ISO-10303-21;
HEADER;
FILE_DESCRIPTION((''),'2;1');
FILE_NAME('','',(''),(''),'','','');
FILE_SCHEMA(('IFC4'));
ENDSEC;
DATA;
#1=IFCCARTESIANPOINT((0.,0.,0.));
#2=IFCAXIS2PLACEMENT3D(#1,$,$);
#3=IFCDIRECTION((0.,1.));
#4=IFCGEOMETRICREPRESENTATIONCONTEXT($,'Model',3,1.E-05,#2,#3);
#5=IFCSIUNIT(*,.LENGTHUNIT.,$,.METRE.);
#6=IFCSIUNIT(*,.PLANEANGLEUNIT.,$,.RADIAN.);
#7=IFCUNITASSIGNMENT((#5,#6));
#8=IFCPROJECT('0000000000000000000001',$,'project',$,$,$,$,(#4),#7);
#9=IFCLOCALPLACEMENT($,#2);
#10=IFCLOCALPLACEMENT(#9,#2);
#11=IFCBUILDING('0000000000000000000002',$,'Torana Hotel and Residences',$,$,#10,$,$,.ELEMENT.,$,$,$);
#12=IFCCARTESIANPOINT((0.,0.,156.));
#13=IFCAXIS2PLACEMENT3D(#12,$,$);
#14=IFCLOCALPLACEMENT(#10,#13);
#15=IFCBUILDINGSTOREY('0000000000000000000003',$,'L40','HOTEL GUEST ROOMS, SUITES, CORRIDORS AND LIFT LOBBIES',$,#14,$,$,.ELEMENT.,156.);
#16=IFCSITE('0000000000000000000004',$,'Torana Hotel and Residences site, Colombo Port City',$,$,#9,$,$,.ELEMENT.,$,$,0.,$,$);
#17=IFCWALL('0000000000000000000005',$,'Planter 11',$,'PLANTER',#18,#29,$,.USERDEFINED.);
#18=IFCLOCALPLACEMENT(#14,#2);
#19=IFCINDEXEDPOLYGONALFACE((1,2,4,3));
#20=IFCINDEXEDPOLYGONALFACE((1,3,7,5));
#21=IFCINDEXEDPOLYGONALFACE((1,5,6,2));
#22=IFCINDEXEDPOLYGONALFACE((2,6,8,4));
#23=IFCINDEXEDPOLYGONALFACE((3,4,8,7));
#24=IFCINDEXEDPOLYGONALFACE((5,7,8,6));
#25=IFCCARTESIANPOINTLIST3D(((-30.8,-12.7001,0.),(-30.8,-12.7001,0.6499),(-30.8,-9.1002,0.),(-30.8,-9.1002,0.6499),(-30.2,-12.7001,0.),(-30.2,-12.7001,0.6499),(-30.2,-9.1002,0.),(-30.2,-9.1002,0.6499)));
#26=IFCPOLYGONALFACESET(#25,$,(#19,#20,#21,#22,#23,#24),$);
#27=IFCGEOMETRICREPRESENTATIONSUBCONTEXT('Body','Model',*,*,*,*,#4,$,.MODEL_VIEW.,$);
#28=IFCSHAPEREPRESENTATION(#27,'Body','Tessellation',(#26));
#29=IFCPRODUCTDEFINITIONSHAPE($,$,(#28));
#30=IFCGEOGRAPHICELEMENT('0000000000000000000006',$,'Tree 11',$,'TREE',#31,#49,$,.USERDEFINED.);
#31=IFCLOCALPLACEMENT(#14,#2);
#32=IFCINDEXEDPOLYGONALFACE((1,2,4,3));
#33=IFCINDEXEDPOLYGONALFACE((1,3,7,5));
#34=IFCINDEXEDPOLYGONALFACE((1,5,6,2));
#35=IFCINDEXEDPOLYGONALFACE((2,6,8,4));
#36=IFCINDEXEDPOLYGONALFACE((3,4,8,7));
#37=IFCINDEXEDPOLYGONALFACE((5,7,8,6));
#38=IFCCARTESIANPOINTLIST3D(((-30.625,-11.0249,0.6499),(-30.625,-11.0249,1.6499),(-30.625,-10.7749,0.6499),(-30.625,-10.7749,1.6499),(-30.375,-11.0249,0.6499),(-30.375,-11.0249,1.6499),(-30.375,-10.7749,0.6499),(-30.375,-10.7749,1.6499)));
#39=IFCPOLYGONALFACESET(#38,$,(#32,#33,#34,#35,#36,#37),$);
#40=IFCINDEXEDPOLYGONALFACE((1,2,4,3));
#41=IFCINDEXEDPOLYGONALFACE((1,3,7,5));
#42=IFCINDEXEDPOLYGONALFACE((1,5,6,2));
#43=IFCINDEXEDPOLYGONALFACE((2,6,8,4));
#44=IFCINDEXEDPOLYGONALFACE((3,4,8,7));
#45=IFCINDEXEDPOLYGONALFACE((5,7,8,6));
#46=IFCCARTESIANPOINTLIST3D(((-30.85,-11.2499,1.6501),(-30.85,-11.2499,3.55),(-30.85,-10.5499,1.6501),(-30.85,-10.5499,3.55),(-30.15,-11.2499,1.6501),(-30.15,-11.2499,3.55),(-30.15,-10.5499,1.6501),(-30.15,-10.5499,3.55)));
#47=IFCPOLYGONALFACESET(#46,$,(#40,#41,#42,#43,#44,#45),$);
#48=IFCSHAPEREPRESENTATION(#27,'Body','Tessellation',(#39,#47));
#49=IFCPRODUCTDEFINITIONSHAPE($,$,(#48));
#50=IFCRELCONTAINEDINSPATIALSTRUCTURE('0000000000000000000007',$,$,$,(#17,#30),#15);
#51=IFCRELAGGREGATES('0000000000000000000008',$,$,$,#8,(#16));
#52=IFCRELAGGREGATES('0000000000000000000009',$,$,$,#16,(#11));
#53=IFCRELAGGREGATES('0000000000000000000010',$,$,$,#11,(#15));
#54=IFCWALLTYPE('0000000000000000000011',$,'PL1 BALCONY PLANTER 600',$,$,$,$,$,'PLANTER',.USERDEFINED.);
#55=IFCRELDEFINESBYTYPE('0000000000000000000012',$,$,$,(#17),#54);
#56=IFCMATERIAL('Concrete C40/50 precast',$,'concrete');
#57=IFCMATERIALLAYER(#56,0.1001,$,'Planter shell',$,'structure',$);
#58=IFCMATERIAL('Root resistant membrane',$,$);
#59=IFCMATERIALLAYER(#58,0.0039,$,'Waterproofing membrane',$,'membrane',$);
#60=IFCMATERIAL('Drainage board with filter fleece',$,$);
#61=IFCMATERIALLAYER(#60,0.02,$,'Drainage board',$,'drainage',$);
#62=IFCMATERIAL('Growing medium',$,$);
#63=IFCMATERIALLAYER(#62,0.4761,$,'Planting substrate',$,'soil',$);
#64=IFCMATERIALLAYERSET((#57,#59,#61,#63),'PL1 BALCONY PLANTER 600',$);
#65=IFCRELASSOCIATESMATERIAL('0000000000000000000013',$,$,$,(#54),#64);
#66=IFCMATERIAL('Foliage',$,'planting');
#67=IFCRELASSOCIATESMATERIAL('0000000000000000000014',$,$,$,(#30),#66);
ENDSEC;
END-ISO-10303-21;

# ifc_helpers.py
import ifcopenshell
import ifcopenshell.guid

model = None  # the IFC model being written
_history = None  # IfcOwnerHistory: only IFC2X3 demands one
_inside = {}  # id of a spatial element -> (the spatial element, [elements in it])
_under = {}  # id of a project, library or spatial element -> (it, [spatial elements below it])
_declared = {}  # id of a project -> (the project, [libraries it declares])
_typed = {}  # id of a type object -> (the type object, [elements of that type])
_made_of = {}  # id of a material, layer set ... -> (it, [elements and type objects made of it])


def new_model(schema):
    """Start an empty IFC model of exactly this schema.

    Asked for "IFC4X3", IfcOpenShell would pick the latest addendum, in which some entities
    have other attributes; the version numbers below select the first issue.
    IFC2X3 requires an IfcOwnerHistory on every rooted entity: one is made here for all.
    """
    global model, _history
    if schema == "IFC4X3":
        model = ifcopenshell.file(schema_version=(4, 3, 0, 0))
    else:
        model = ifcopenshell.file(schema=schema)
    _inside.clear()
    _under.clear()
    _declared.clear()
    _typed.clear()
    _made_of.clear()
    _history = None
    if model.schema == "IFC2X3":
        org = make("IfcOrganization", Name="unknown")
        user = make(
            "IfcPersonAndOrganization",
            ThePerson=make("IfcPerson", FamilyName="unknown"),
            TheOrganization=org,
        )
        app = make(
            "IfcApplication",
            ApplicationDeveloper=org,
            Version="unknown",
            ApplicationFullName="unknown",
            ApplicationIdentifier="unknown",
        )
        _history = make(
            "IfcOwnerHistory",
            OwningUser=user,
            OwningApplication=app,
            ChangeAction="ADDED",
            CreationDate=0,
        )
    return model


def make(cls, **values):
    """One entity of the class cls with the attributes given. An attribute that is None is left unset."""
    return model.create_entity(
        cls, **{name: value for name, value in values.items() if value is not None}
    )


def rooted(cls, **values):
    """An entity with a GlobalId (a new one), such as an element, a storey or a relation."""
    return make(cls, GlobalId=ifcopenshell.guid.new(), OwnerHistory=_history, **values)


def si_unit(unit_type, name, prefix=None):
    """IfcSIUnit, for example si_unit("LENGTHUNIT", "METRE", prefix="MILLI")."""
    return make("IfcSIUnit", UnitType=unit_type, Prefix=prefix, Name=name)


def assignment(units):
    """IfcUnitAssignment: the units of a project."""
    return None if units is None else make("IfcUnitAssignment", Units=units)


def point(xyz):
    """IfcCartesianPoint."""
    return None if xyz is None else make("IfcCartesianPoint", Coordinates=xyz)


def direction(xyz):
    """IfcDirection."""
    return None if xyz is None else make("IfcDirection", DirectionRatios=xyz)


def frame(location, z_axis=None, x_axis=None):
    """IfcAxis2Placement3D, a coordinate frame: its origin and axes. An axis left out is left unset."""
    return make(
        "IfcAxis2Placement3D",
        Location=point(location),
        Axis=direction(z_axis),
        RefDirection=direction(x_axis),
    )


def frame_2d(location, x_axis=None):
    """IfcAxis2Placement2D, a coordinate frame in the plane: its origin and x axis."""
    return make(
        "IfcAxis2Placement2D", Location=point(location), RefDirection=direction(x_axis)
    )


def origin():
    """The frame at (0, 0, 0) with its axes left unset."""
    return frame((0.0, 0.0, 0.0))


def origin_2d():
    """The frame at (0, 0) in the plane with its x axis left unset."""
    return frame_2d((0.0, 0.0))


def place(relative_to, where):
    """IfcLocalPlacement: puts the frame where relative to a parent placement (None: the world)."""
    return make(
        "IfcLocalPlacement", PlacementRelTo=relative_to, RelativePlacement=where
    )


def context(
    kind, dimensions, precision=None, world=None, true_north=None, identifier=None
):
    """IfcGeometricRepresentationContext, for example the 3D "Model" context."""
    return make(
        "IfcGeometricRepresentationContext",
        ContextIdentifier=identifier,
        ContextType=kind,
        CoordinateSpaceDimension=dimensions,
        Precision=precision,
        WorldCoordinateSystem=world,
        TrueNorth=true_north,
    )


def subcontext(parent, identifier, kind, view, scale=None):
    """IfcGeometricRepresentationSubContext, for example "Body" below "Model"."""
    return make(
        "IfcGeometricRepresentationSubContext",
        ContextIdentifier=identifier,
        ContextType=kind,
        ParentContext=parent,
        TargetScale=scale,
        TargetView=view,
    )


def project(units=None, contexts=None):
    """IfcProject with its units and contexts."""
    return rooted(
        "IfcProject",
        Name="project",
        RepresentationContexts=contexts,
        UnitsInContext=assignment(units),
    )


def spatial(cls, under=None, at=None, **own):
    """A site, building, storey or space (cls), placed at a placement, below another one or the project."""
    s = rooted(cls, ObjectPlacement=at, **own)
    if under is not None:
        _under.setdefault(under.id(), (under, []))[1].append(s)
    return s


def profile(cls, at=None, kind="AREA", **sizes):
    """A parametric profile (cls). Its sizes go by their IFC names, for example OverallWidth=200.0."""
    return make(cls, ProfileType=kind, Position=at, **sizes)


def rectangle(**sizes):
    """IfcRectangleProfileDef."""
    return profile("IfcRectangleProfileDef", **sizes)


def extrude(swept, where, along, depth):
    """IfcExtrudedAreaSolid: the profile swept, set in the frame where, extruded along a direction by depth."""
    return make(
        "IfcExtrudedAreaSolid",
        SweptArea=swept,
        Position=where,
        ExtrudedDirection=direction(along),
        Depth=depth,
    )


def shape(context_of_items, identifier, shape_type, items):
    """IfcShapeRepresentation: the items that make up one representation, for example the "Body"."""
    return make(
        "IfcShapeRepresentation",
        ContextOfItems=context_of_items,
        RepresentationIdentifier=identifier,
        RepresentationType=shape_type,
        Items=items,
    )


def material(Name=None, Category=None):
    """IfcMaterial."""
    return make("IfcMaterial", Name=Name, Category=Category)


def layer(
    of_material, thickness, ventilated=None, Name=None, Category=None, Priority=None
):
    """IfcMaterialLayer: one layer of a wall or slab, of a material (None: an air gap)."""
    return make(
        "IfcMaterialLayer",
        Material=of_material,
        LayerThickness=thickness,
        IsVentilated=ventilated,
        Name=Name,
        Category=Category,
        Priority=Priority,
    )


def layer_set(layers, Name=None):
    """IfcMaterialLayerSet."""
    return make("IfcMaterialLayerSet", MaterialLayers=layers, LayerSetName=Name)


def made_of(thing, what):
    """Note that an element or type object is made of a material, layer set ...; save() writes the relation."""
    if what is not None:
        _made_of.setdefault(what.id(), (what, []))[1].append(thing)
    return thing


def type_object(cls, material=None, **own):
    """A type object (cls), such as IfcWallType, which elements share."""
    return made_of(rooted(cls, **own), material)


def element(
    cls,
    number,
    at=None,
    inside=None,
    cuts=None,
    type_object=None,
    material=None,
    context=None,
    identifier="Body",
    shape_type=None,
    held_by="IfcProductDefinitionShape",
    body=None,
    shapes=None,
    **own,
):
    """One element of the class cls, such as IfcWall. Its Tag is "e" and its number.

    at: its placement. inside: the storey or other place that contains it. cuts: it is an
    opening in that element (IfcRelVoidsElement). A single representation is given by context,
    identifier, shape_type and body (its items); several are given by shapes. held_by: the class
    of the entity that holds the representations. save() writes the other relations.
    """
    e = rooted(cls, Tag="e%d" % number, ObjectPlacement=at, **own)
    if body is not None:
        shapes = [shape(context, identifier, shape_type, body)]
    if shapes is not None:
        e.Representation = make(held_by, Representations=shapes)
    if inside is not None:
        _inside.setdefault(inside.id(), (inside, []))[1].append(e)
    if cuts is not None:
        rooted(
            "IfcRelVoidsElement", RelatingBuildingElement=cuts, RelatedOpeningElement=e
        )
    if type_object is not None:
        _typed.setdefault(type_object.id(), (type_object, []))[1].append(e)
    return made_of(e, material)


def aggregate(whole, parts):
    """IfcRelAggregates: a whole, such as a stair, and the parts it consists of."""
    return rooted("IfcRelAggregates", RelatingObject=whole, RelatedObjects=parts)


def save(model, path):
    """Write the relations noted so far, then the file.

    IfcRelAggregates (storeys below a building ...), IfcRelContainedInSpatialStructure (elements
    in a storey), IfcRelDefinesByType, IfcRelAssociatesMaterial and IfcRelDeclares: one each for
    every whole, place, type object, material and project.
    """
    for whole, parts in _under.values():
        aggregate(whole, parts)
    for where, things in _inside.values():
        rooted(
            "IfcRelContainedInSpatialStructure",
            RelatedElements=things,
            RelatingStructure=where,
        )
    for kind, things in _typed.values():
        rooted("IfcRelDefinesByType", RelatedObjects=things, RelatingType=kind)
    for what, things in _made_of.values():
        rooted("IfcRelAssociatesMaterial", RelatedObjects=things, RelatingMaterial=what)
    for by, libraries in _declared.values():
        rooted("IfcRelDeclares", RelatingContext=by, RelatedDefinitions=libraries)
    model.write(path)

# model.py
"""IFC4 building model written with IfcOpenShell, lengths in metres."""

from ifc_helpers import new_model, si_unit, direction, frame, frame_2d, origin, origin_2d, place, context, subcontext, project, spatial, rectangle, extrude, material, layer, layer_set, type_object, element, save


model = new_model("IFC4")

# Units and contexts
model_context = context("Model", 3, precision=1e-05, world=origin(), true_north=direction((0.0, 1.0)))
body_context = subcontext(model_context, "Body", "Model", "MODEL_VIEW")
ifc_project = project(units=[si_unit("LENGTHUNIT", "METRE"), si_unit("PLANEANGLEUNIT", "RADIAN")], contexts=[model_context])

# Site, building, storey
site_placement = place(None, origin())
site = spatial("IfcSite", under=ifc_project, at=site_placement, Name="Torana Hotel and Residences site, Colombo Port City", CompositionType="ELEMENT", RefElevation=0.0)
building_placement = place(site_placement, origin())
building = spatial("IfcBuilding", under=site, at=building_placement, Name="Torana Hotel and Residences", CompositionType="ELEMENT")
storey_placement = place(building_placement, frame((0.0, 0.0, 156.0)))
storey = spatial("IfcBuildingStorey", under=building, at=storey_placement, Name="L40", Description="HOTEL GUEST ROOMS, SUITES, CORRIDORS AND LIFT LOBBIES", CompositionType="ELEMENT", Elevation=156.0)

# Wall
ifc_material_1 = material(Name="Concrete C40/50 precast", Category="concrete")
ifc_layer_1 = layer(ifc_material_1, 0.1001, Name="Planter shell", Category="structure")
ifc_material_2 = material(Name="Root resistant membrane")
ifc_layer_2 = layer(ifc_material_2, 0.0039, Name="Waterproofing membrane", Category="membrane")
ifc_material_3 = material(Name="Drainage board with filter fleece")
ifc_layer_3 = layer(ifc_material_3, 0.02, Name="Drainage board", Category="drainage")
ifc_material_4 = material(Name="Growing medium")
ifc_layer_4 = layer(ifc_material_4, 0.4761, Name="Planting substrate", Category="soil")
ifc_layer_set_1 = layer_set([ifc_layer_1, ifc_layer_2, ifc_layer_3, ifc_layer_4], Name="PL1 BALCONY PLANTER 600")
wall_type_1 = type_object("IfcWallType", Name="PL1 BALCONY PLANTER 600", ElementType="PLANTER", PredefinedType="USERDEFINED", material=ifc_layer_set_1)
wall_1_placement = place(storey_placement, frame((-30.5, -12.7, 0.0), z_axis=(0.0, 0.0, 1.0), x_axis=(0.0, 1.0, 0.0)))
element("IfcWall", 1, at=wall_1_placement, inside=storey, type_object=wall_type_1, Name="Planter 11", ObjectType="PLANTER", PredefinedType="USERDEFINED", context=body_context, shape_type="SweptSolid", body=[
    extrude(rectangle(XDim=3.5999, YDim=0.6001, at=frame_2d((1.7998, 0.0))), origin(), (0.0, 0.0, 1.0), 0.6499),
])

# Geographic element
ifc_material_5 = material(Name="Foliage", Category="planting")
geographic_element_placement = place(storey_placement, frame((-30.5, -10.8999, 0.6499), z_axis=(0.0, 0.0, 1.0), x_axis=(1.0, 0.0, 0.0)))
element("IfcGeographicElement", 2, at=geographic_element_placement, inside=storey, material=ifc_material_5, Name="Tree 11", ObjectType="TREE", PredefinedType="USERDEFINED", context=body_context, shape_type="SweptSolid", body=[
    extrude(rectangle(XDim=0.25, YDim=0.25, at=origin_2d()), origin(), (0.0, 0.0, 1.0), 1.0),
    extrude(rectangle(XDim=0.7, YDim=0.7, at=origin_2d()), frame((0.0, 0.0, 1.0002)), (0.0, 0.0, 1.0), 1.8999),
])

save(model, "model.ifc")
